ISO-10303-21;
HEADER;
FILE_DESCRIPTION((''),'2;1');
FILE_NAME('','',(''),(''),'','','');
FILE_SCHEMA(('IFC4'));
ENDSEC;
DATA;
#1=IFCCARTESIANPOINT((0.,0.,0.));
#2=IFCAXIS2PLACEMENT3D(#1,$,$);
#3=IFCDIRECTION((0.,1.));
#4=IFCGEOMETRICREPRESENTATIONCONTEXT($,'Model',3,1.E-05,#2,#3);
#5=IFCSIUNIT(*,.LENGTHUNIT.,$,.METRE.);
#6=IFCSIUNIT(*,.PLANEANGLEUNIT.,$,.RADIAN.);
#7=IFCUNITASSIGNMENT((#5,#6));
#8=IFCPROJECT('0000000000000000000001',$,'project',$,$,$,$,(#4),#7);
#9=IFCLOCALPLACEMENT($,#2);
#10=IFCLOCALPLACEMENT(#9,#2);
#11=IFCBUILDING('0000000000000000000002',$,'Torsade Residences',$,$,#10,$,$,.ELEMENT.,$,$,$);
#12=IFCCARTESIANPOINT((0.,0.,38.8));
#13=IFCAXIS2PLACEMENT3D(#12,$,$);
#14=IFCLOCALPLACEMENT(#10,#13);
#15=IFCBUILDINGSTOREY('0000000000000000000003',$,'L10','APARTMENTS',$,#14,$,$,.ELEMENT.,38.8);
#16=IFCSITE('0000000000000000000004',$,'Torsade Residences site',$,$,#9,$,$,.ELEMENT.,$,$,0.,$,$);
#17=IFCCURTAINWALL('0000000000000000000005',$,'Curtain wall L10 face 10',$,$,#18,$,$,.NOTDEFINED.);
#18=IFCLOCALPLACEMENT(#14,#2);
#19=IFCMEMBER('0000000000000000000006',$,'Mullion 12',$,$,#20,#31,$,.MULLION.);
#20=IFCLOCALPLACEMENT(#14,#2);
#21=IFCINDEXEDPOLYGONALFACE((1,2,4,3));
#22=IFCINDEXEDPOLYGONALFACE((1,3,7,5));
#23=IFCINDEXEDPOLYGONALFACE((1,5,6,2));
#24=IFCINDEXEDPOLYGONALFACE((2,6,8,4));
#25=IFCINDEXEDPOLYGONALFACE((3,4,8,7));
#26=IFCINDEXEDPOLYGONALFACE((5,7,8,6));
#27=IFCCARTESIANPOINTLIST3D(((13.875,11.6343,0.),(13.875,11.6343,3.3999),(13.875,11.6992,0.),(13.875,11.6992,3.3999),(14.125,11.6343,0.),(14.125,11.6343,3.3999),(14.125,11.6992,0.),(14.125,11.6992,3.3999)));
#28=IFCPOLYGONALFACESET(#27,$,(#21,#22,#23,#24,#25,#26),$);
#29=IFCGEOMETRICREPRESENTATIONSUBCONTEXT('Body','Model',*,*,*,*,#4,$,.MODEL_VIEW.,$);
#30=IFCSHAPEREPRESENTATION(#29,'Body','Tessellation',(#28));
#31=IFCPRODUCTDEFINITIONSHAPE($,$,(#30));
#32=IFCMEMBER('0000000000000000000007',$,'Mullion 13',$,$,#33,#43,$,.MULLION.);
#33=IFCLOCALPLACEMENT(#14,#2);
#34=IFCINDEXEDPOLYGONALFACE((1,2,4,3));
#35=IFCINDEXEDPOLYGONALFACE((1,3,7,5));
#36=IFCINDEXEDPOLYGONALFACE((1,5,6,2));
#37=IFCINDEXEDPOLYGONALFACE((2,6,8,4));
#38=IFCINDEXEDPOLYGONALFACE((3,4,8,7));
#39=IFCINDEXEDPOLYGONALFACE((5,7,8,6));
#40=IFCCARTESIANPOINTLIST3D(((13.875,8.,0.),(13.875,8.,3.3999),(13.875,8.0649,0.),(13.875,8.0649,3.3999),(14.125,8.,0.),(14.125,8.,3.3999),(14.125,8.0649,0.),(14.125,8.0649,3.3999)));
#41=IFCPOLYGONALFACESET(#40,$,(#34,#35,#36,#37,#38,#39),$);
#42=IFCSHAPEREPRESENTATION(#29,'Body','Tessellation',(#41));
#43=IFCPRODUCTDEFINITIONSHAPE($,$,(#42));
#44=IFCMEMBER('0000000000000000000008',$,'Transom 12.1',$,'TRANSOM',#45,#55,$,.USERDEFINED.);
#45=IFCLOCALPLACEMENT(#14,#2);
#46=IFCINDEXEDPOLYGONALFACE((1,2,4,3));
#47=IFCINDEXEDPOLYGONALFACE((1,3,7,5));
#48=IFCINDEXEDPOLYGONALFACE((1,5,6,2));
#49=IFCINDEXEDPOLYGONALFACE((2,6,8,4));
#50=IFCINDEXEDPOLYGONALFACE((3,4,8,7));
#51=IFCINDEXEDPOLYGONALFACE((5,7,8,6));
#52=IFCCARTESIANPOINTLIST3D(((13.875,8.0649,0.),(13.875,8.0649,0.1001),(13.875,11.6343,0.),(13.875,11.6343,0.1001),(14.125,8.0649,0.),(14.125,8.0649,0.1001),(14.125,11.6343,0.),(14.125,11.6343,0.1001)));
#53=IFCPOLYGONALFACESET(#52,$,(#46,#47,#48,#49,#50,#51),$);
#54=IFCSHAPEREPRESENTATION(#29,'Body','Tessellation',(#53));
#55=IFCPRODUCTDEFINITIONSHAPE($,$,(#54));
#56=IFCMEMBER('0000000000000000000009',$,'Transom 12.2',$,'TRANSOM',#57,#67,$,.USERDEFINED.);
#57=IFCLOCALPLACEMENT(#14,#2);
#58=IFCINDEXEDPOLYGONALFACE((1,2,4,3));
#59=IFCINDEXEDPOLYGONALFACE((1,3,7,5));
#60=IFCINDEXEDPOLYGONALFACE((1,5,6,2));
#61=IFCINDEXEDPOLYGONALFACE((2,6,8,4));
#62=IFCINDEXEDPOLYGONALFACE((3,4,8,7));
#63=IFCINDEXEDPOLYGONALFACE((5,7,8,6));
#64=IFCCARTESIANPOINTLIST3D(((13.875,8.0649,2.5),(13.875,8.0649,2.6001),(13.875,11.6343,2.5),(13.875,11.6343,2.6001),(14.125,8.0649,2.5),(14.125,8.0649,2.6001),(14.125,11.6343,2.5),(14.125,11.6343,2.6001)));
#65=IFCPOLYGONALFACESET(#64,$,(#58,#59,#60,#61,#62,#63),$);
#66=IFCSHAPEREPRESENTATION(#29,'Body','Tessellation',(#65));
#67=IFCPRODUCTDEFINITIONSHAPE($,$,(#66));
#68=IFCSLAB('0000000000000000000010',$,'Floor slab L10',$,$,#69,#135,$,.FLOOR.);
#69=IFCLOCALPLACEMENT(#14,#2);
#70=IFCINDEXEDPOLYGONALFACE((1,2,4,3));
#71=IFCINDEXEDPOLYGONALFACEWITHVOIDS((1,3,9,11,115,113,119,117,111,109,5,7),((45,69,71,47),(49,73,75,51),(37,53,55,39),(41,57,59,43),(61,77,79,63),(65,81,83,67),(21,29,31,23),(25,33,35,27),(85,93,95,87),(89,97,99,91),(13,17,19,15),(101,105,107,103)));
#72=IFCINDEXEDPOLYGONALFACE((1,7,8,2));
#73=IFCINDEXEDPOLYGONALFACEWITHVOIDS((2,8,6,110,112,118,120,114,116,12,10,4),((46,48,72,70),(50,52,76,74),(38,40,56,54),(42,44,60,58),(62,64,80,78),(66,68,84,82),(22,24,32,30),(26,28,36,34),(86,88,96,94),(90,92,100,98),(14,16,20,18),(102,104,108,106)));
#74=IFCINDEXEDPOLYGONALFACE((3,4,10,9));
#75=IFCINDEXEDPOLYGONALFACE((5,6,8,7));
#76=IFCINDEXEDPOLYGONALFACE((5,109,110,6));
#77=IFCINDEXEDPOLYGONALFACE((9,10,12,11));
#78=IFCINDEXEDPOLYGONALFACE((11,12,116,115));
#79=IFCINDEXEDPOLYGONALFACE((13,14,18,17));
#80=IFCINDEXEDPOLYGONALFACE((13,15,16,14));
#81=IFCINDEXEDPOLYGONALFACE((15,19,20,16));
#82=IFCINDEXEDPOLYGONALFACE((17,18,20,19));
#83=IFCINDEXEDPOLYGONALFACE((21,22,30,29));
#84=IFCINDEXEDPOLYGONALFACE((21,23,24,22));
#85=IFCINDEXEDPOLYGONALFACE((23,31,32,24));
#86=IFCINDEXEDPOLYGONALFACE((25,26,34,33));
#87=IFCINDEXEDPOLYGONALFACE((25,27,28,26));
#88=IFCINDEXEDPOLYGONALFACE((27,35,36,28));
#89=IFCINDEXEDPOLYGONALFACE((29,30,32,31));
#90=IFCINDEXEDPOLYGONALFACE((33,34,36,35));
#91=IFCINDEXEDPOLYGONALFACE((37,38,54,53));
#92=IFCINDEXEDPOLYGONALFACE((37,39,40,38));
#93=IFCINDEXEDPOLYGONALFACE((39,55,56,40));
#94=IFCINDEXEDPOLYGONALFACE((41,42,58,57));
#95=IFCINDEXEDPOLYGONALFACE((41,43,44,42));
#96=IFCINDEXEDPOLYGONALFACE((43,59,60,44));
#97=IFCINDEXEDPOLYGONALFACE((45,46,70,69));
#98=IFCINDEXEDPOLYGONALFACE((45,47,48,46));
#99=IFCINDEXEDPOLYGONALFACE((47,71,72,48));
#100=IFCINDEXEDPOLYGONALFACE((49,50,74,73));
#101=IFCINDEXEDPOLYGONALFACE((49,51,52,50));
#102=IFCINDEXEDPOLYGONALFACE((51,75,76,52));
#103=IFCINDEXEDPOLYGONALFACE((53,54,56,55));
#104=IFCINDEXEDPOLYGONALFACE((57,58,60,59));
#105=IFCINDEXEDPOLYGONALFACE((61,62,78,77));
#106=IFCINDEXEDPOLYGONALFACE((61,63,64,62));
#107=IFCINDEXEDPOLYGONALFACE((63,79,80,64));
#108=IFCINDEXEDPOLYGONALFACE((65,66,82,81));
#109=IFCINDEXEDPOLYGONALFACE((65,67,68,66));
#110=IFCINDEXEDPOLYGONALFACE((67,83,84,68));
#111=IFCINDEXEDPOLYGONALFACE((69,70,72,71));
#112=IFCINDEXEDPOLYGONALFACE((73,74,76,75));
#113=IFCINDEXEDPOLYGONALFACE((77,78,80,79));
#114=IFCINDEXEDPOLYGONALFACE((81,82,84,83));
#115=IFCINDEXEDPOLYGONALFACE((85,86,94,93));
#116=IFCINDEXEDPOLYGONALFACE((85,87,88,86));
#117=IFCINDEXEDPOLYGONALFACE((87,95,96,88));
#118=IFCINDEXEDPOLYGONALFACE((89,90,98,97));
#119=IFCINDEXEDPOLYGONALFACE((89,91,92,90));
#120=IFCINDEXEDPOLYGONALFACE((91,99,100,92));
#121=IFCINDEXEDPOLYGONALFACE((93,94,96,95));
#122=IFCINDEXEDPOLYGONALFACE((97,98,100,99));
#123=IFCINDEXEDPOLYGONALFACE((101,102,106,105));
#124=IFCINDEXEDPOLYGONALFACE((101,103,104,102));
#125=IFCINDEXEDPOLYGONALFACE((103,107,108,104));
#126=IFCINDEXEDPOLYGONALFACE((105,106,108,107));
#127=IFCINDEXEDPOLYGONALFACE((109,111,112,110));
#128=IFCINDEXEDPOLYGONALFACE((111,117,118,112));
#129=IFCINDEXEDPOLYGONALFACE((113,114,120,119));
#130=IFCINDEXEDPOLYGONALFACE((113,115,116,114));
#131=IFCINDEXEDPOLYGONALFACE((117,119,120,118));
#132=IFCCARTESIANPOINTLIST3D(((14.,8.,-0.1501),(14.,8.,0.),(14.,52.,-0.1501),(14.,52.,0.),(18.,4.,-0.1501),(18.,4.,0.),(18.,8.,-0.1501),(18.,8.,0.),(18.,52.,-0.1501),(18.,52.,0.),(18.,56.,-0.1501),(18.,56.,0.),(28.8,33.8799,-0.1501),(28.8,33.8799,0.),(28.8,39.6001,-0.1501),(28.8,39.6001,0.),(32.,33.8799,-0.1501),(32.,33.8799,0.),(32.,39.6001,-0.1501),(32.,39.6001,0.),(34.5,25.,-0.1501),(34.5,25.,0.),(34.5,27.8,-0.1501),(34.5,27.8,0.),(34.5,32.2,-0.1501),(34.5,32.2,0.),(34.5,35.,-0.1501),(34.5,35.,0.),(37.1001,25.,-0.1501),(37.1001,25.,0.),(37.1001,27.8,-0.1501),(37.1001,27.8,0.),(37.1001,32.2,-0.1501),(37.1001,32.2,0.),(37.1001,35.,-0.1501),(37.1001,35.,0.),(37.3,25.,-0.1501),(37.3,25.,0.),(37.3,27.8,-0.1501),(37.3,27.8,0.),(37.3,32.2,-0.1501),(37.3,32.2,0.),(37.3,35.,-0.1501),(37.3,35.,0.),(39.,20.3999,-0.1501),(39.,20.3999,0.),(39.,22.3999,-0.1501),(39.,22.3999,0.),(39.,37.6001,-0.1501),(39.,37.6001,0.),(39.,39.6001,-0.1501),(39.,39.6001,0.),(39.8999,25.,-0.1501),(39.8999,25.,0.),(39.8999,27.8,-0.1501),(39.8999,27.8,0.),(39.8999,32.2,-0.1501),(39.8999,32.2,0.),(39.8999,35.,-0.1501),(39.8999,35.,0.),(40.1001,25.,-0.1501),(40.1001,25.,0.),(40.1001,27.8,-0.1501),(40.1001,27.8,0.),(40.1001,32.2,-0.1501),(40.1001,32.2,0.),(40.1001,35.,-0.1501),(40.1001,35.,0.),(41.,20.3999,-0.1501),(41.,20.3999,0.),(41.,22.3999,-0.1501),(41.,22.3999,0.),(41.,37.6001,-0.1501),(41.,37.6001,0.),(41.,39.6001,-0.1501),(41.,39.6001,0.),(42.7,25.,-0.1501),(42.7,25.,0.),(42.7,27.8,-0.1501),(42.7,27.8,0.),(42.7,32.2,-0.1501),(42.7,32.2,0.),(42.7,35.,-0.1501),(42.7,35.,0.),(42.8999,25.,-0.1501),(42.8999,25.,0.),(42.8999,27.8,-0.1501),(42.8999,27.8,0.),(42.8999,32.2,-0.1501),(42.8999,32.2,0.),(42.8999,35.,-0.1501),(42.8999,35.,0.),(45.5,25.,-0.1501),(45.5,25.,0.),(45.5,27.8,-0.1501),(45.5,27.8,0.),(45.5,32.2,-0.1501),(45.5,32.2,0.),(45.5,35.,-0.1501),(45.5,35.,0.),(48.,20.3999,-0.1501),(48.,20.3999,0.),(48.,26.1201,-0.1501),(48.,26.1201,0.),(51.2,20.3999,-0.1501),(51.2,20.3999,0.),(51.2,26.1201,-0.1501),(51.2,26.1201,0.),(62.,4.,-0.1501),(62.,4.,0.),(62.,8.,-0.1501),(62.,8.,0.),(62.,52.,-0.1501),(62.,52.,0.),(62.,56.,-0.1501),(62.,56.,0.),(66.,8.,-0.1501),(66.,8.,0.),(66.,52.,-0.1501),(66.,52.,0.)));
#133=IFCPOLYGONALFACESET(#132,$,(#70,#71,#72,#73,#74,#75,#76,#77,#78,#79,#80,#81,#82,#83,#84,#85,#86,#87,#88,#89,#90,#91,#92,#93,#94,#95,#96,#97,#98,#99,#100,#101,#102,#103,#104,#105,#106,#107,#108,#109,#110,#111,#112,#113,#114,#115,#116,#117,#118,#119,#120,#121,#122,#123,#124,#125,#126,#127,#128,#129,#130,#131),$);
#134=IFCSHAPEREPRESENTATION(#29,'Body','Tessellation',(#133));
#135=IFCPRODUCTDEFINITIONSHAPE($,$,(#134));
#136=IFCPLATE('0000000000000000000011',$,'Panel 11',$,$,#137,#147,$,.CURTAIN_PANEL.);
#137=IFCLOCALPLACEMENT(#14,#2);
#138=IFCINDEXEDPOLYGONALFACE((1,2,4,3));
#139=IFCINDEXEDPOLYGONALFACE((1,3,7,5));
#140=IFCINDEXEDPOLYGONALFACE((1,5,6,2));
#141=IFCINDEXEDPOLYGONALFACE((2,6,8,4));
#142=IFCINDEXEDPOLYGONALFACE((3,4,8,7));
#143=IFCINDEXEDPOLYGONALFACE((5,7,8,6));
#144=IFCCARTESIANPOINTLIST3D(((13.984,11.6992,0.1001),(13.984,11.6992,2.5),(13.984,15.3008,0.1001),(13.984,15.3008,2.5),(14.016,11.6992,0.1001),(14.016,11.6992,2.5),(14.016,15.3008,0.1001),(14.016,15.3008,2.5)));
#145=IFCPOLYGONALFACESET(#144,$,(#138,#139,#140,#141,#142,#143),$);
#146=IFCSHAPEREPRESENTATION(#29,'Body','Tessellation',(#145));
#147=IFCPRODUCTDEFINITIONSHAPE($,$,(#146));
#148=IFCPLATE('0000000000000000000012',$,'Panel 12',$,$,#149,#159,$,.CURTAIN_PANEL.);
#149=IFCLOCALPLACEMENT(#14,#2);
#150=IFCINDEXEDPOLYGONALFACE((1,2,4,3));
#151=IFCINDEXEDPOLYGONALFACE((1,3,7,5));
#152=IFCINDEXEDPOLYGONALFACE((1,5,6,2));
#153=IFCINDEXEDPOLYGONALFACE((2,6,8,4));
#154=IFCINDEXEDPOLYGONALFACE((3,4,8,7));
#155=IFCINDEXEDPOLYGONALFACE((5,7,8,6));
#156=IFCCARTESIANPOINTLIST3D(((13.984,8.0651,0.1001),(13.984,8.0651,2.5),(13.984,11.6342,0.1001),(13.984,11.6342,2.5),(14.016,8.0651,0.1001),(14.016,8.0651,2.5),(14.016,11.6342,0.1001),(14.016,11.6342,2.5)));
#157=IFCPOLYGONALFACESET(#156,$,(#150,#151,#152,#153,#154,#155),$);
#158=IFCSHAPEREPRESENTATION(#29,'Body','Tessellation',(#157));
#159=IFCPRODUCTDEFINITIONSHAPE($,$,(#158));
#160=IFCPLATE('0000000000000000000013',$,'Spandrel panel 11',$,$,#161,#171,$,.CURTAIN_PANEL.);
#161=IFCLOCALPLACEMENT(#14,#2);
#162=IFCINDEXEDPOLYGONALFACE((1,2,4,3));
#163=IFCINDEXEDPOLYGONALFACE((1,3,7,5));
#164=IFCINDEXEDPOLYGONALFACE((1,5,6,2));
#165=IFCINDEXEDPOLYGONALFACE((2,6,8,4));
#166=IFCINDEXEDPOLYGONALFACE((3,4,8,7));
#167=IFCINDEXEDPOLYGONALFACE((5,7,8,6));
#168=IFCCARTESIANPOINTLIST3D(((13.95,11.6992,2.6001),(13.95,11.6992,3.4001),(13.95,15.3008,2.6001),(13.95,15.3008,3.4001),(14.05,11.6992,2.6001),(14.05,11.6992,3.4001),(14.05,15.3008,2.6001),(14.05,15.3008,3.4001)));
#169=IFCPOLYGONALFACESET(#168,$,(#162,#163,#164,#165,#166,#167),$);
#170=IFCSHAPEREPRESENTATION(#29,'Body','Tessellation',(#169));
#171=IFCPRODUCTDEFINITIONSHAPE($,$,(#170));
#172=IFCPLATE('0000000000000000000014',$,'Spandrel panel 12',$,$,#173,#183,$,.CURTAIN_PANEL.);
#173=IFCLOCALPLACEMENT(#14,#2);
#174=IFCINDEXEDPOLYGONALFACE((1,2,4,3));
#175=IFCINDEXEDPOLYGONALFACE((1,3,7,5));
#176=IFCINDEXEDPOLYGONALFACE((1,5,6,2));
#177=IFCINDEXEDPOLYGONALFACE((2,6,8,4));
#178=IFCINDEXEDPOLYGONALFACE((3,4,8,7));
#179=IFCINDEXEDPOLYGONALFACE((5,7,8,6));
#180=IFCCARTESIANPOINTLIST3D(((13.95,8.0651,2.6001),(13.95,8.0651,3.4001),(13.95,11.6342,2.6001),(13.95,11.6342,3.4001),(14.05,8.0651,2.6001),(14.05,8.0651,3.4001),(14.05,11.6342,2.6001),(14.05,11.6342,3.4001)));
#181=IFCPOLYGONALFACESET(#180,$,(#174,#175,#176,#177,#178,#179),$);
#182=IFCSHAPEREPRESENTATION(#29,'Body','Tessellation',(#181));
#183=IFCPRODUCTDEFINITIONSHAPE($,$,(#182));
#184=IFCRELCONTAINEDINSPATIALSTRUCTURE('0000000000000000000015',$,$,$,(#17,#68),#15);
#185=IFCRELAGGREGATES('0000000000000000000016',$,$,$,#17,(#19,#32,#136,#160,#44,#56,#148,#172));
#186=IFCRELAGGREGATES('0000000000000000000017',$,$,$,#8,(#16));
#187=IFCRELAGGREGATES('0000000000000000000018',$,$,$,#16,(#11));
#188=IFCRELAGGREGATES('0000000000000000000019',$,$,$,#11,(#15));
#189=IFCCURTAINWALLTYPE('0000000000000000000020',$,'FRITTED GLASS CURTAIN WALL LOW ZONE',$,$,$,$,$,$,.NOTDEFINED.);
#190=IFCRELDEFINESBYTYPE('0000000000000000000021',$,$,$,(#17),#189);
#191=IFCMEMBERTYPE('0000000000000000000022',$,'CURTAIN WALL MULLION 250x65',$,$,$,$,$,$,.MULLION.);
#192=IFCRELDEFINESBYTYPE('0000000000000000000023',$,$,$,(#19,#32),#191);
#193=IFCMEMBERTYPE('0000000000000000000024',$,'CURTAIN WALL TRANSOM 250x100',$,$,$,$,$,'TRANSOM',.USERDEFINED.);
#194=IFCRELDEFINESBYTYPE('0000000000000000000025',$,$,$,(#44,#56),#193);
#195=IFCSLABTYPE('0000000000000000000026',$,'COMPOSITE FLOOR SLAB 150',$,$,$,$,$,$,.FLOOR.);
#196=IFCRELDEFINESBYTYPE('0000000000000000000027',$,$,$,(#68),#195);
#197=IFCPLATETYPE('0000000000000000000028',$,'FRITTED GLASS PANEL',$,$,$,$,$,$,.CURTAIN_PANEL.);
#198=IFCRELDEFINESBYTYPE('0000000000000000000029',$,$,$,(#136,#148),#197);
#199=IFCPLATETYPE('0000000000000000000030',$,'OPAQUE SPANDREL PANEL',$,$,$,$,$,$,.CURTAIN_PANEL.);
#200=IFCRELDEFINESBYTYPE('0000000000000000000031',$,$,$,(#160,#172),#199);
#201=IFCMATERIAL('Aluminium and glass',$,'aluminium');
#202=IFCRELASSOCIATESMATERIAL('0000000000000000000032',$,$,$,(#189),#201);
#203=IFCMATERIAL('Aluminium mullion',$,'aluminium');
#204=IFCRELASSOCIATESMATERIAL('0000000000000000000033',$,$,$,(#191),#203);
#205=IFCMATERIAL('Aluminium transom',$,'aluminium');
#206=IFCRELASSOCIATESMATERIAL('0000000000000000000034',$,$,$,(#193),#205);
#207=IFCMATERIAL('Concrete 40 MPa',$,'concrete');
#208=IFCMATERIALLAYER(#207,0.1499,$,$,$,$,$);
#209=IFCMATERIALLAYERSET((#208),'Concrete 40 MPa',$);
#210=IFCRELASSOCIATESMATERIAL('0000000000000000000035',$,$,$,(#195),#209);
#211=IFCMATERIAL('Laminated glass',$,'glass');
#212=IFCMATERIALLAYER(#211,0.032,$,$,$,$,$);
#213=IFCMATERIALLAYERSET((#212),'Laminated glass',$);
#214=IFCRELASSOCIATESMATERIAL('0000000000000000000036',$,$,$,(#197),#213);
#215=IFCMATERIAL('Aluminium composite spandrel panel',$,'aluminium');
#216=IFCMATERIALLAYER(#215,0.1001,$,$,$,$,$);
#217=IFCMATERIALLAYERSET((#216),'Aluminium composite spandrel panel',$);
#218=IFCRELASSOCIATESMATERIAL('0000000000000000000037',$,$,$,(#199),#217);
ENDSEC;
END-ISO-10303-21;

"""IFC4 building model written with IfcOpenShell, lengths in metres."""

from ifc_helpers import new_model, si_unit, direction, frame, origin, origin_2d, place, context, subcontext, project, spatial, polyline, rectangle, outline, extrude, material, layer, layer_set, material_profile, profile_set, type_object, element, aggregate, save


model = new_model("IFC4")

# Units and contexts
model_context = context("Model", 3, precision=1e-05, world=origin(), true_north=direction((0.0, 1.0)))
body_context = subcontext(model_context, "Body", "Model", "MODEL_VIEW")
ifc_project = project(units=[si_unit("LENGTHUNIT", "METRE"), si_unit("PLANEANGLEUNIT", "RADIAN")], contexts=[model_context])

# Site, building, storey
site_placement = place(None, origin())
site = spatial("IfcSite", under=ifc_project, at=site_placement, Name="Torsade Residences site", CompositionType="ELEMENT", RefElevation=0.0)
building_placement = place(site_placement, origin())
building = spatial("IfcBuilding", under=site, at=building_placement, Name="Torsade Residences", CompositionType="ELEMENT")
storey_placement = place(building_placement, frame((0.0, 0.0, 38.8)))
storey = spatial("IfcBuildingStorey", under=building, at=storey_placement, Name="L10", Description="APARTMENTS", CompositionType="ELEMENT", Elevation=38.8)

# Curtain wall, members
ifc_material_1 = material(Name="Aluminium and glass", Category="aluminium")
curtain_wall_type = type_object("IfcCurtainWallType", Name="FRITTED GLASS CURTAIN WALL LOW ZONE", PredefinedType="NOTDEFINED", material=ifc_material_1)
curtain_wall_placement = place(storey_placement, origin())
curtain_wall = element("IfcCurtainWall", 1, at=curtain_wall_placement, inside=storey, type_object=curtain_wall_type, Name="Curtain wall L10 face 10", PredefinedType="NOTDEFINED")
ifc_material_2 = material(Name="Aluminium mullion", Category="aluminium")
ifc_material_profile_1 = material_profile(ifc_material_2, rectangle(XDim=0.25, YDim=0.0649, at=origin_2d()), Name="CURTAIN WALL MULLION 250x65")
ifc_profile_set_1 = profile_set([ifc_material_profile_1], Name="Aluminium mullion")
member_type_1 = type_object("IfcMemberType", Name="CURTAIN WALL MULLION 250x65", PredefinedType="MULLION", material=ifc_profile_set_1)
member_1_placement = place(storey_placement, frame((14.0, 11.6667, 0.0), z_axis=(0.0, 0.0, 1.0), x_axis=(1.0, 0.0, 0.0)))
member_1 = element("IfcMember", 2, at=member_1_placement, type_object=member_type_1, Name="Mullion 12", PredefinedType="MULLION", context=body_context, shape_type="SweptSolid", body=[
    extrude(rectangle(XDim=0.25, YDim=0.0649, at=origin_2d()), origin(), (0.0, 0.0, 1.0), 3.3999),
])
member_2_placement = place(storey_placement, frame((14.0, 8.0325, 0.0), z_axis=(0.0, 0.0, 1.0), x_axis=(1.0, 0.0, 0.0)))
member_2 = element("IfcMember", 3, at=member_2_placement, type_object=member_type_1, Name="Mullion 13", PredefinedType="MULLION", context=body_context, shape_type="SweptSolid", body=[
    extrude(rectangle(XDim=0.25, YDim=0.0649, at=origin_2d()), origin(), (0.0, 0.0, 1.0), 3.3999),
])
ifc_material_3 = material(Name="Aluminium transom", Category="aluminium")
ifc_material_profile_2 = material_profile(ifc_material_3, rectangle(XDim=0.25, YDim=0.1001, at=origin_2d()), Name="CURTAIN WALL TRANSOM 250x100")
ifc_profile_set_2 = profile_set([ifc_material_profile_2], Name="Aluminium transom")
member_type_2 = type_object("IfcMemberType", Name="CURTAIN WALL TRANSOM 250x100", ElementType="TRANSOM", PredefinedType="USERDEFINED", material=ifc_profile_set_2)
member_3_placement = place(storey_placement, frame((14.0, 11.6343, 0.05), z_axis=(0.0, -1.0, 0.0), x_axis=(1.0, 0.0, 0.0)))
member_3 = element("IfcMember", 4, at=member_3_placement, type_object=member_type_2, Name="Transom 12.1", ObjectType="TRANSOM", PredefinedType="USERDEFINED", context=body_context, shape_type="SweptSolid", body=[
    extrude(rectangle(XDim=0.25, YDim=0.1001, at=origin_2d()), origin(), (0.0, 0.0, 1.0), 3.5693),
])
member_4_placement = place(storey_placement, frame((14.0, 11.6343, 2.55), z_axis=(0.0, -1.0, 0.0), x_axis=(1.0, 0.0, 0.0)))
member_4 = element("IfcMember", 5, at=member_4_placement, type_object=member_type_2, Name="Transom 12.2", ObjectType="TRANSOM", PredefinedType="USERDEFINED", context=body_context, shape_type="SweptSolid", body=[
    extrude(rectangle(XDim=0.25, YDim=0.1001, at=origin_2d()), origin(), (0.0, 0.0, 1.0), 3.5693),
])

# Slab
ifc_material_4 = material(Name="Concrete 40 MPa", Category="concrete")
ifc_layer_1 = layer(ifc_material_4, 0.1499)
ifc_layer_set_1 = layer_set([ifc_layer_1], Name="Concrete 40 MPa")
slab_type_1 = type_object("IfcSlabType", Name="COMPOSITE FLOOR SLAB 150", PredefinedType="FLOOR", material=ifc_layer_set_1)
slab_1_placement = place(storey_placement, frame((0.0, 0.0, -0.1501)))
element("IfcSlab", 6, at=slab_1_placement, inside=storey, type_object=slab_type_1, Name="Floor slab L10", PredefinedType="FLOOR", context=body_context, shape_type="SweptSolid", body=[
    extrude(outline(polyline([(18.0, 4.0), (62.0, 4.0), (62.0, 8.0), (66.0, 8.0), (66.0, 52.0), (62.0, 52.0), (62.0, 56.0), (18.0, 56.0), (18.0, 52.0), (14.0, 52.0), (14.0, 8.0), (18.0, 8.0), (18.0, 4.0)]), holes=[polyline([(51.2, 20.3999), (51.2, 26.1201), (48.0, 26.1201), (48.0, 20.3999), (51.2, 20.3999)]), polyline([(45.5, 27.8), (42.8999, 27.8), (42.8999, 25.0), (45.5, 25.0), (45.5, 27.8)]), polyline([(45.5, 32.2), (45.5, 35.0), (42.8999, 35.0), (42.8999, 32.2), (45.5, 32.2)]), polyline([(42.7, 25.0), (42.7, 27.8), (40.1001, 27.8), (40.1001, 25.0), (42.7, 25.0)]), polyline([(42.7, 32.2), (42.7, 35.0), (40.1001, 35.0), (40.1001, 32.2), (42.7, 32.2)]), polyline([(41.0, 22.3999), (39.0, 22.3999), (39.0, 20.3999), (41.0, 20.3999), (41.0, 22.3999)]), polyline([(41.0, 37.6001), (41.0, 39.6001), (39.0, 39.6001), (39.0, 37.6001), (41.0, 37.6001)]), polyline([(39.8999, 25.0), (39.8999, 27.8), (37.3, 27.8), (37.3, 25.0), (39.8999, 25.0)]), polyline([(39.8999, 35.0), (37.3, 35.0), (37.3, 32.2), (39.8999, 32.2), (39.8999, 35.0)]), polyline([(37.1001, 27.8), (34.5, 27.8), (34.5, 25.0), (37.1001, 25.0), (37.1001, 27.8)]), polyline([(37.1001, 32.2), (37.1001, 35.0), (34.5, 35.0), (34.5, 32.2), (37.1001, 32.2)]), polyline([(32.0, 33.8799), (32.0, 39.6001), (28.8, 39.6001), (28.8, 33.8799), (32.0, 33.8799)])]), origin(), (0.0, 0.0, 1.0), 0.1501),
])

# Plates
ifc_material_5 = material(Name="Laminated glass", Category="glass")
ifc_layer_2 = layer(ifc_material_5, 0.032)
ifc_layer_set_2 = layer_set([ifc_layer_2], Name="Laminated glass")
plate_type_1 = type_object("IfcPlateType", Name="FRITTED GLASS PANEL", PredefinedType="CURTAIN_PANEL", material=ifc_layer_set_2)
plate_1_placement = place(storey_placement, frame((14.0, 13.5, 0.1001), z_axis=(0.0, 0.0, 1.0), x_axis=(0.0, -1.0, 0.0)))
plate_1 = element("IfcPlate", 7, at=plate_1_placement, type_object=plate_type_1, Name="Panel 11", PredefinedType="CURTAIN_PANEL", context=body_context, shape_type="SweptSolid", body=[
    extrude(rectangle(XDim=3.6016, YDim=0.032, at=origin_2d()), origin(), (0.0, 0.0, 1.0), 2.3999),
])
plate_2_placement = place(storey_placement, frame((14.0, 9.8496, 0.1001), z_axis=(0.0, 0.0, 1.0), x_axis=(0.0, -1.0, 0.0)))
plate_2 = element("IfcPlate", 8, at=plate_2_placement, type_object=plate_type_1, Name="Panel 12", PredefinedType="CURTAIN_PANEL", context=body_context, shape_type="SweptSolid", body=[
    extrude(rectangle(XDim=3.5691, YDim=0.032, at=origin_2d()), origin(), (0.0, 0.0, 1.0), 2.3999),
])
ifc_material_6 = material(Name="Aluminium composite spandrel panel", Category="aluminium")
ifc_layer_3 = layer(ifc_material_6, 0.1001)
ifc_layer_set_3 = layer_set([ifc_layer_3], Name="Aluminium composite spandrel panel")
plate_type_2 = type_object("IfcPlateType", Name="OPAQUE SPANDREL PANEL", PredefinedType="CURTAIN_PANEL", material=ifc_layer_set_3)
plate_3_placement = place(storey_placement, frame((14.0, 13.5, 2.6001), z_axis=(0.0, 0.0, 1.0), x_axis=(0.0, -1.0, 0.0)))
plate_3 = element("IfcPlate", 9, at=plate_3_placement, type_object=plate_type_2, Name="Spandrel panel 11", PredefinedType="CURTAIN_PANEL", context=body_context, shape_type="SweptSolid", body=[
    extrude(rectangle(XDim=3.6016, YDim=0.1001, at=origin_2d()), origin(), (0.0, 0.0, 1.0), 0.8),
])
plate_4_placement = place(storey_placement, frame((14.0, 9.8496, 2.6001), z_axis=(0.0, 0.0, 1.0), x_axis=(0.0, -1.0, 0.0)))
plate_4 = element("IfcPlate", 10, at=plate_4_placement, type_object=plate_type_2, Name="Spandrel panel 12", PredefinedType="CURTAIN_PANEL", context=body_context, shape_type="SweptSolid", body=[
    extrude(rectangle(XDim=3.5691, YDim=0.1001, at=origin_2d()), origin(), (0.0, 0.0, 1.0), 0.8),
])
aggregate(curtain_wall, [member_1, member_2, plate_1, plate_3, member_3, member_4, plate_2, plate_4])

save(model, "model.ifc")
